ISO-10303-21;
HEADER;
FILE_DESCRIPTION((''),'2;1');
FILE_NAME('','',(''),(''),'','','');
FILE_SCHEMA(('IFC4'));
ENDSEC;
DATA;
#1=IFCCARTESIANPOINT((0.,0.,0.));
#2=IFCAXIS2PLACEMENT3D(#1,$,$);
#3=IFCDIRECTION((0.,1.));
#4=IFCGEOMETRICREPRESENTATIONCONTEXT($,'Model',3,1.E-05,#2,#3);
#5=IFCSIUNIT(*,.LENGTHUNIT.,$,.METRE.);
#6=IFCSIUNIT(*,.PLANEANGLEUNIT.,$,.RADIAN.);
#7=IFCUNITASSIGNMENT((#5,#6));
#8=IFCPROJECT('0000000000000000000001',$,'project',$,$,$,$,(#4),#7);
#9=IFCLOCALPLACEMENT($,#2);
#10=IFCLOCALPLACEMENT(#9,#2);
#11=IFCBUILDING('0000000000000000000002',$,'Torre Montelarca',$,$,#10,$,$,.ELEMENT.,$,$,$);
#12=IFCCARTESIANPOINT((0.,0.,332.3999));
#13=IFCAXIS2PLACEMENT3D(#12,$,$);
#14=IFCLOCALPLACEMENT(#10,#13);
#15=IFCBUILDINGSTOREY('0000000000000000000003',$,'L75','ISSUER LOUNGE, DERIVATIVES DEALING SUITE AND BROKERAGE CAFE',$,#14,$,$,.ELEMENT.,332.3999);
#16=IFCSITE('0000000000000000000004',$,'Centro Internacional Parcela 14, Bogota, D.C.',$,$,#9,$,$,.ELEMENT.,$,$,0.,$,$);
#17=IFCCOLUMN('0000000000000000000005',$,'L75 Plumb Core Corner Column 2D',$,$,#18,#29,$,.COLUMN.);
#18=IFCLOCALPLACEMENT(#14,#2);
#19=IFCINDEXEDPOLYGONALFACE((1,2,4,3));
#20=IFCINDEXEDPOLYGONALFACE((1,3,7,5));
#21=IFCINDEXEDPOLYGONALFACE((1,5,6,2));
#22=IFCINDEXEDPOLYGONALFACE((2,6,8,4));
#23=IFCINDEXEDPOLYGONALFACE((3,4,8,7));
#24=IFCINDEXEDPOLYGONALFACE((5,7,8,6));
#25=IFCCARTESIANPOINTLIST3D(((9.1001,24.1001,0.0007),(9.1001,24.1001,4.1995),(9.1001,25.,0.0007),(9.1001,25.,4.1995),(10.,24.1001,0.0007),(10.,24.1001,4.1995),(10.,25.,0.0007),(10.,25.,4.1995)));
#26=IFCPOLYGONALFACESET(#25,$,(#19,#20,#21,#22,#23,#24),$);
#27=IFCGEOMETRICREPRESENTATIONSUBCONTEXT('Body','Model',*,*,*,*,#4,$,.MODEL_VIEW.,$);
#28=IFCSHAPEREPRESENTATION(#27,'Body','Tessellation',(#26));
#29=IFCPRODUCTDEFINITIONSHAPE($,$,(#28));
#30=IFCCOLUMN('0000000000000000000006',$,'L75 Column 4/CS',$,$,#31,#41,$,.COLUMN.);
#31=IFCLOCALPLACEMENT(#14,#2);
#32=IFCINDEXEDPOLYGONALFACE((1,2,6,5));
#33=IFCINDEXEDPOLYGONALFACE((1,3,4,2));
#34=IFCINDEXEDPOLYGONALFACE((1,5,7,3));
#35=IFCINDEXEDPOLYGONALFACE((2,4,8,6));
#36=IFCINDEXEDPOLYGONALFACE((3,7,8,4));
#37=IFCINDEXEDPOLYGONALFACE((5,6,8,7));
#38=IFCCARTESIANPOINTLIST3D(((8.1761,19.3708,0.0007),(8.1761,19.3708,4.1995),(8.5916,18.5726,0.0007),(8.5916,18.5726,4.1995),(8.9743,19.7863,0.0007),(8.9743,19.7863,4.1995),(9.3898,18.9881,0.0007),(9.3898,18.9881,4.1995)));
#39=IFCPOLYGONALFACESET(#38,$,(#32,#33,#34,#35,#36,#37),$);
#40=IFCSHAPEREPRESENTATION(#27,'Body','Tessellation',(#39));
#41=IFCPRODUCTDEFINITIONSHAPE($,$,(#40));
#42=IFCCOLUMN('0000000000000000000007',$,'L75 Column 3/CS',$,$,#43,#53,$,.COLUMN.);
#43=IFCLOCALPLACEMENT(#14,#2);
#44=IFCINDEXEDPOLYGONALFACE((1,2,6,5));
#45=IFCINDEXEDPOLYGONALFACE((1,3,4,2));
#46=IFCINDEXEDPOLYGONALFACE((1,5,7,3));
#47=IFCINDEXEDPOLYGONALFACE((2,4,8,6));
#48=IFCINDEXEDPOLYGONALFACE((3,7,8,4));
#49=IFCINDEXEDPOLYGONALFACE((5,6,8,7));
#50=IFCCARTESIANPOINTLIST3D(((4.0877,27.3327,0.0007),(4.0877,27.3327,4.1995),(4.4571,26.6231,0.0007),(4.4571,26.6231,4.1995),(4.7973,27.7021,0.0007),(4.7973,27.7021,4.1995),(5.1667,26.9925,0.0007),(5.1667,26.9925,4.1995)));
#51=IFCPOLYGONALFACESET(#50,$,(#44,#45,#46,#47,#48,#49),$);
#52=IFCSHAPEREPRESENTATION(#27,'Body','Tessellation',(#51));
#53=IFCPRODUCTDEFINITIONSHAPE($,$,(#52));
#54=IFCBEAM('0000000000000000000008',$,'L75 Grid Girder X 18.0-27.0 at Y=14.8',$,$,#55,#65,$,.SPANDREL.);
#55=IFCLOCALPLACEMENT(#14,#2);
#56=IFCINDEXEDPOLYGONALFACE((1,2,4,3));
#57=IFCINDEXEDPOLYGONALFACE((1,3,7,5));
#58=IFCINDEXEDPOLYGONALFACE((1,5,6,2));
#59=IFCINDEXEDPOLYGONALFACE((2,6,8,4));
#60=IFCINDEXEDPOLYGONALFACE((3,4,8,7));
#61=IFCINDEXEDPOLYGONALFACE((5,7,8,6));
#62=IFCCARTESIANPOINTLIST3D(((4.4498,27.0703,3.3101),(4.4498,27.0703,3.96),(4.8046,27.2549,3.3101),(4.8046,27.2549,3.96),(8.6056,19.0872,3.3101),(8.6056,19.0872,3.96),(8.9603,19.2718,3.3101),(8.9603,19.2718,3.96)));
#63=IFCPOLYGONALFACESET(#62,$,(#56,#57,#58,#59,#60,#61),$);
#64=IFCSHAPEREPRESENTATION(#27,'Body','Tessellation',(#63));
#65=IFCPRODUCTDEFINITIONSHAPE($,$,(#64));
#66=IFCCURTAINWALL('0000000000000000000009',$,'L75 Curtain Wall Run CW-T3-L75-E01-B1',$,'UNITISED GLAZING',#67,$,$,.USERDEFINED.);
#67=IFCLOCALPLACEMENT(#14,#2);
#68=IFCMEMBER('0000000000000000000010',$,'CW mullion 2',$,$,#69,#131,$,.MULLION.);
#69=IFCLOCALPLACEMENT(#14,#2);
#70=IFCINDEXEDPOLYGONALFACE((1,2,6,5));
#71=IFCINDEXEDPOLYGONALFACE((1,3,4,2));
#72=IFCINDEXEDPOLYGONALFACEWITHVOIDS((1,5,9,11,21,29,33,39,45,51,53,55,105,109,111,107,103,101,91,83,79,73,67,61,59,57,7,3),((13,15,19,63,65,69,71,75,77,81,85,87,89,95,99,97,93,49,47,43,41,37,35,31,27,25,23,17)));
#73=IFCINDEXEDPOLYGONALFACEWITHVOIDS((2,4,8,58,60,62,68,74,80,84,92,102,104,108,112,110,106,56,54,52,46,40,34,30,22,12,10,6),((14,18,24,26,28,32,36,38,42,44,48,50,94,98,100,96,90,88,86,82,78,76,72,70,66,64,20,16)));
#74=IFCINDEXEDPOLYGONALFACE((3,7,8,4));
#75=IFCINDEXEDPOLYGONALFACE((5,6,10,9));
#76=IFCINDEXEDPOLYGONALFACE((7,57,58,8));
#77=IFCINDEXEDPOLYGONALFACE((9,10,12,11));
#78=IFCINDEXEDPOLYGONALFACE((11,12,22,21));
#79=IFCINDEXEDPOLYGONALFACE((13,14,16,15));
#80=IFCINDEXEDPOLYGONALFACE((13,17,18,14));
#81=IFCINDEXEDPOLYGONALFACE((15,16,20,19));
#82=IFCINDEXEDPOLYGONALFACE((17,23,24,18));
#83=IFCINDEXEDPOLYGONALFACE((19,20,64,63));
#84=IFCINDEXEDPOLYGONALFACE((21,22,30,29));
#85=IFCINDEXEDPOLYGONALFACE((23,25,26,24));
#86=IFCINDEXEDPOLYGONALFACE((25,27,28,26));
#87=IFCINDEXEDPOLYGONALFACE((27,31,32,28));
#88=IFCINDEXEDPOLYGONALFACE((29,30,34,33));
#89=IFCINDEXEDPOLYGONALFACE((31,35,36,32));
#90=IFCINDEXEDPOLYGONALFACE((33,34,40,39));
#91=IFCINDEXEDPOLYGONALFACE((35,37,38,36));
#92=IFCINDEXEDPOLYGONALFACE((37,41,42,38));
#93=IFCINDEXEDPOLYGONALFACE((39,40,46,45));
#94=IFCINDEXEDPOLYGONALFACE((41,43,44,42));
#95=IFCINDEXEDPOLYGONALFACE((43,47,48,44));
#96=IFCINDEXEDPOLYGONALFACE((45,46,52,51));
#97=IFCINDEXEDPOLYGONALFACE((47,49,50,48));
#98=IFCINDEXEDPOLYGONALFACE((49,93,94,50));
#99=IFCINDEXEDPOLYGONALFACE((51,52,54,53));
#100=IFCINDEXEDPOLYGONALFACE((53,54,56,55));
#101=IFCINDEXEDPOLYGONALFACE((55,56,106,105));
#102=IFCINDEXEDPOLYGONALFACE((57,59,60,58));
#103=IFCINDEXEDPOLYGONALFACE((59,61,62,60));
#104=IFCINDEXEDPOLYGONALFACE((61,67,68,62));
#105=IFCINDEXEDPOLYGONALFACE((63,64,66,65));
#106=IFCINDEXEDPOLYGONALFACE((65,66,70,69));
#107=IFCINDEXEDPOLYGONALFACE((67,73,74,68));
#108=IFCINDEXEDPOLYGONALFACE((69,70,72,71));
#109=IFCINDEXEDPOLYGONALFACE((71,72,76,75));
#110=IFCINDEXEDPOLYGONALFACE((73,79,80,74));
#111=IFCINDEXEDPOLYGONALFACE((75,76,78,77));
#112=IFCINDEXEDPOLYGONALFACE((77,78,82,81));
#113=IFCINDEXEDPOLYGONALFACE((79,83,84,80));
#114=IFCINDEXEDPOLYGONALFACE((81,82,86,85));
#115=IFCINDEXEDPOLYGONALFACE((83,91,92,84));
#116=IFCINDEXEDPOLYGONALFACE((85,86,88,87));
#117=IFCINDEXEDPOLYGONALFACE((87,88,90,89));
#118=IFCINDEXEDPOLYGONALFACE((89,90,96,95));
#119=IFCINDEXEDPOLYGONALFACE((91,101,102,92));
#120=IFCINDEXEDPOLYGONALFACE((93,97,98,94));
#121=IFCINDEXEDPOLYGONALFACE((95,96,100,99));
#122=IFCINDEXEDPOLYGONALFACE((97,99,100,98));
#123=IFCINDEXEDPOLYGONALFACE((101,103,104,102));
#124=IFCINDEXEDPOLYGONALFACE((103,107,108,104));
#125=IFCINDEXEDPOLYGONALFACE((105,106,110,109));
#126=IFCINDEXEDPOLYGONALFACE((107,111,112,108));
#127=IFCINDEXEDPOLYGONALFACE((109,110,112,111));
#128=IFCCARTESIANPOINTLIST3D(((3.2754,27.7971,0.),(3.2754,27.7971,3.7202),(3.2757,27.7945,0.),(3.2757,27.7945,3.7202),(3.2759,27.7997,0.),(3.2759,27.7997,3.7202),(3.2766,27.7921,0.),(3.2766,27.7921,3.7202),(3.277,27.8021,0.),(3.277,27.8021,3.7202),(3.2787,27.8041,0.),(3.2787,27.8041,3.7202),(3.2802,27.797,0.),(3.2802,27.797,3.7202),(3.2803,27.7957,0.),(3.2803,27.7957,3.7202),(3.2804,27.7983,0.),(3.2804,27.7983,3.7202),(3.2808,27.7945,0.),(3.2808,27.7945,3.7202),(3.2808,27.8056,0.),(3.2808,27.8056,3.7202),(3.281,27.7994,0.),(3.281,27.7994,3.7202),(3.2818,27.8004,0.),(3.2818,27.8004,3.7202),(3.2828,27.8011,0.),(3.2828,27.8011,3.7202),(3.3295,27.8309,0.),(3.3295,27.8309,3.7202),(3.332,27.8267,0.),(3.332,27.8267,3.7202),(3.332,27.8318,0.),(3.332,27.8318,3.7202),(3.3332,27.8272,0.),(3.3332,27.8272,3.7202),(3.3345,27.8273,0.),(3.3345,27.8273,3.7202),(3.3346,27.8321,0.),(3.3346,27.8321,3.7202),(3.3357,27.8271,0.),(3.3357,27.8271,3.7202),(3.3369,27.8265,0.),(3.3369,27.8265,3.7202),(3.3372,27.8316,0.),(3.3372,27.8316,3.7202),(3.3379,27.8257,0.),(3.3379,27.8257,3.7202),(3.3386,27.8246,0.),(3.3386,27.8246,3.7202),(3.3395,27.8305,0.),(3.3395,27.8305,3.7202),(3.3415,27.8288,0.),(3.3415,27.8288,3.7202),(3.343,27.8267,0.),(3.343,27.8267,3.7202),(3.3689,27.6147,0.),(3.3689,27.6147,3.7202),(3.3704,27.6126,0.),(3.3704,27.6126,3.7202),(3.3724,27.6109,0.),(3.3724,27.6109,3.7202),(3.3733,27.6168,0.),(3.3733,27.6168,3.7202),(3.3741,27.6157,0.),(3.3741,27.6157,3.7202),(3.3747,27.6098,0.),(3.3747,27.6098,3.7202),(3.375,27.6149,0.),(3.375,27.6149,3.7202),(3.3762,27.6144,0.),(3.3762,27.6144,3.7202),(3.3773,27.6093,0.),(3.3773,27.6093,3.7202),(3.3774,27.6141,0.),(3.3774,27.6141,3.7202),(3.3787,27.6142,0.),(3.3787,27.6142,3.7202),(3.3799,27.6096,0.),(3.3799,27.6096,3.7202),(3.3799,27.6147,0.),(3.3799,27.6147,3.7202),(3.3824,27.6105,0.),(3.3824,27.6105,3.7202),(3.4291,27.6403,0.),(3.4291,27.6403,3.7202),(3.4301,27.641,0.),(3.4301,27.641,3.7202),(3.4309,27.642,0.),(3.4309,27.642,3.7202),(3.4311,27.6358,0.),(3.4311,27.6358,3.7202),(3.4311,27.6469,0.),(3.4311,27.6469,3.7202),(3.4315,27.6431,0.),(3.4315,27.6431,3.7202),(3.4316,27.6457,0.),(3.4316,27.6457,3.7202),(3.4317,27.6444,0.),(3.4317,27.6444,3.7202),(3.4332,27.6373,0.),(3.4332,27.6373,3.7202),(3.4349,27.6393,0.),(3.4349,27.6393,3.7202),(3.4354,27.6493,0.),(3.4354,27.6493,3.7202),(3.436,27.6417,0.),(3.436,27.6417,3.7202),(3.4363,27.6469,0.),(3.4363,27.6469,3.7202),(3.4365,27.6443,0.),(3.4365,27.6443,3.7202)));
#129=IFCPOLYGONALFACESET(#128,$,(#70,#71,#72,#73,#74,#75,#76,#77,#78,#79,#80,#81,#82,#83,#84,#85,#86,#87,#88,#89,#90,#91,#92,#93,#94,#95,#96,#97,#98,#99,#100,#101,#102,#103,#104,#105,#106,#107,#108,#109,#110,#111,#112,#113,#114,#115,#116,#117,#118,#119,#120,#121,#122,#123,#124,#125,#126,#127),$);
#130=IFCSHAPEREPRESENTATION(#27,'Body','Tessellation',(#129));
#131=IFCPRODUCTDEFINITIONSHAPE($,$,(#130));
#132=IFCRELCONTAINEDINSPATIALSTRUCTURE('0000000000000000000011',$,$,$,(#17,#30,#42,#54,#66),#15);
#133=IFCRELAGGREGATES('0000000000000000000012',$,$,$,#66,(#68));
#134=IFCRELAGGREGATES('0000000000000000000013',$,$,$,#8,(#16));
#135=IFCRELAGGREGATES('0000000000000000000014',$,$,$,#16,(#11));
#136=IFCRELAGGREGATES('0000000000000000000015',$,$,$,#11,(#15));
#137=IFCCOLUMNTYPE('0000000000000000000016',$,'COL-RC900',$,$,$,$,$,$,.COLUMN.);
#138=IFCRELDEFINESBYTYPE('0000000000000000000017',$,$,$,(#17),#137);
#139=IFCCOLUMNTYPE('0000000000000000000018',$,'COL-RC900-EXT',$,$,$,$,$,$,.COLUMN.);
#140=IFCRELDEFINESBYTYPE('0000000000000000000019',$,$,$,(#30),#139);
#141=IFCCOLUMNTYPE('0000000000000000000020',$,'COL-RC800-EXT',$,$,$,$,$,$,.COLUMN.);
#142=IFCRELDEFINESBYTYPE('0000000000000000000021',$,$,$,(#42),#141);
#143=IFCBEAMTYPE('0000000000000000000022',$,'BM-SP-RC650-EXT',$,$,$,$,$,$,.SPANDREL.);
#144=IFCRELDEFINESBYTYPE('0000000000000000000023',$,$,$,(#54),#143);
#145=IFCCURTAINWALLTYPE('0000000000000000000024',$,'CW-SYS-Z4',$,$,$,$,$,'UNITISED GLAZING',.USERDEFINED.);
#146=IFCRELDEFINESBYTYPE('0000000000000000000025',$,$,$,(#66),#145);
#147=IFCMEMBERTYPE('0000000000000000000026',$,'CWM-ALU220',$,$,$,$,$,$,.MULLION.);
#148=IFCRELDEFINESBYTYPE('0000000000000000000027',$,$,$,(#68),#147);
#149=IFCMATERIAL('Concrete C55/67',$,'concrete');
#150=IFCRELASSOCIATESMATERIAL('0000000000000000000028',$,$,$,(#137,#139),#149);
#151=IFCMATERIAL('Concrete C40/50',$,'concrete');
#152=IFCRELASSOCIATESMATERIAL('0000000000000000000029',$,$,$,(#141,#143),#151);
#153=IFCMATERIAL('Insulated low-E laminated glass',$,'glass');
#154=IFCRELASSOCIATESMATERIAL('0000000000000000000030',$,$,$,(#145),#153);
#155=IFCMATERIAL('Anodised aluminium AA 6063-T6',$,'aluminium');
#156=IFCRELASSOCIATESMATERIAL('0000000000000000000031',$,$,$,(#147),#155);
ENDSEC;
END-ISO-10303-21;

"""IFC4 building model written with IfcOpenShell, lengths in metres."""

from ifc_helpers import new_model, si_unit, direction, frame, origin, origin_2d, place, context, subcontext, project, spatial, rectangle, hollow_rectangle, extrude, source, transform, mapped, material, material_profile, profile_set, type_object, element, aggregate, save


model = new_model("IFC4")

# Units and contexts
model_context = context("Model", 3, precision=1e-05, world=origin(), true_north=direction((0.0, 1.0)))
body_context = subcontext(model_context, "Body", "Model", "MODEL_VIEW")
ifc_project = project(units=[si_unit("LENGTHUNIT", "METRE"), si_unit("PLANEANGLEUNIT", "RADIAN")], contexts=[model_context])

# Site, building, storey
site_placement = place(None, origin())
site = spatial("IfcSite", under=ifc_project, at=site_placement, Name="Centro Internacional Parcela 14, Bogota, D.C.", CompositionType="ELEMENT", RefElevation=0.0)
building_placement = place(site_placement, origin())
building = spatial("IfcBuilding", under=site, at=building_placement, Name="Torre Montelarca", CompositionType="ELEMENT")
storey_placement = place(building_placement, frame((0.0, 0.0, 332.3999)))
storey = spatial("IfcBuildingStorey", under=building, at=storey_placement, Name="L75", Description="ISSUER LOUNGE, DERIVATIVES DEALING SUITE AND BROKERAGE CAFE", CompositionType="ELEMENT", Elevation=332.3999)

# Columns
ifc_material_1 = material(Name="Concrete C55/67", Category="concrete")
ifc_material_profile_1 = material_profile(ifc_material_1, rectangle(XDim=0.8999, YDim=0.8999, at=origin_2d()), Name="RC900X900", Category="concrete")
ifc_profile_set_1 = profile_set([ifc_material_profile_1], Name="Concrete C55/67")
column_type_1 = type_object("IfcColumnType", Name="COL-RC900", PredefinedType="COLUMN", material=ifc_profile_set_1)
shared_shape_1 = source(origin(), body_context, "Body", "SweptSolid", [
    extrude(rectangle(XDim=0.8999, YDim=0.8999, at=origin_2d()), origin(), (0.0, 0.0, 1.0), 4.1987),
])
column_1_placement = place(storey_placement, frame((9.55, 24.55, 0.0007), z_axis=(0.0, 0.0, 1.0), x_axis=(1.0, 0.0, 0.0)))
element("IfcColumn", 1, at=column_1_placement, inside=storey, type_object=column_type_1, Name="L75 Plumb Core Corner Column 2D", PredefinedType="COLUMN", context=body_context, shape_type="MappedRepresentation", body=[
    mapped(shared_shape_1, transform((0.0, 0.0, 0.0), scale=1.0)),
])
ifc_material_profile_2 = material_profile(ifc_material_1, rectangle(XDim=0.8999, YDim=0.8999, at=origin_2d()), Name="RC900X900", Category="concrete")
ifc_profile_set_2 = profile_set([ifc_material_profile_2], Name="Concrete C55/67")
column_type_2 = type_object("IfcColumnType", Name="COL-RC900-EXT", PredefinedType="COLUMN", material=ifc_profile_set_2)
shared_shape_2 = source(origin(), body_context, "Body", "SweptSolid", [
    extrude(rectangle(XDim=0.8999, YDim=0.8999, at=origin_2d()), origin(), (0.0, 0.0, 1.0), 4.1987),
])
column_2_placement = place(storey_placement, frame((8.783, 19.1794, 0.0007), z_axis=(0.0, 0.0, 1.0), x_axis=(-0.461749, 0.887011, 0.0)))
element("IfcColumn", 2, at=column_2_placement, inside=storey, type_object=column_type_2, Name="L75 Column 4/CS", PredefinedType="COLUMN", context=body_context, shape_type="MappedRepresentation", body=[
    mapped(shared_shape_2, transform((0.0, 0.0, 0.0), scale=1.0)),
])
ifc_material_2 = material(Name="Concrete C40/50", Category="concrete")
ifc_material_profile_3 = material_profile(ifc_material_2, rectangle(XDim=0.8, YDim=0.8, at=origin_2d()), Name="RC800X800", Category="concrete")
ifc_profile_set_3 = profile_set([ifc_material_profile_3], Name="Concrete C40/50")
column_type_3 = type_object("IfcColumnType", Name="COL-RC800-EXT", PredefinedType="COLUMN", material=ifc_profile_set_3)
shared_shape_3 = source(origin(), body_context, "Body", "SweptSolid", [
    extrude(rectangle(XDim=0.8, YDim=0.8, at=origin_2d()), origin(), (0.0, 0.0, 1.0), 4.1987),
])
column_3_placement = place(storey_placement, frame((4.6272, 27.1626, 0.0007), z_axis=(0.0, 0.0, 1.0), x_axis=(-0.461749, 0.887011, 0.0)))
element("IfcColumn", 3, at=column_3_placement, inside=storey, type_object=column_type_3, Name="L75 Column 3/CS", PredefinedType="COLUMN", context=body_context, shape_type="MappedRepresentation", body=[
    mapped(shared_shape_3, transform((0.0, 0.0, 0.0), scale=1.0)),
])

# Beam
ifc_material_profile_4 = material_profile(ifc_material_2, rectangle(XDim=0.3999, YDim=0.6499, at=origin_2d()), Name="RCB400X650", Category="concrete")
ifc_profile_set_4 = profile_set([ifc_material_profile_4], Name="Concrete C40/50")
beam_type = type_object("IfcBeamType", Name="BM-SP-RC650-EXT", PredefinedType="SPANDREL", material=ifc_profile_set_4)
shared_shape_4 = source(origin(), body_context, "Body", "SweptSolid", [
    extrude(rectangle(XDim=0.3999, YDim=0.6499, at=origin_2d()), origin(), (0.0, 0.0, 1.0), 9.0),
])
beam_placement = place(storey_placement, frame((4.6272, 27.1626, 3.635), z_axis=(0.461748, -0.887011, 0.0), x_axis=(0.887011, 0.461748, 0.0)))
element("IfcBeam", 4, at=beam_placement, inside=storey, type_object=beam_type, Name="L75 Grid Girder X 18.0-27.0 at Y=14.8", PredefinedType="SPANDREL", context=body_context, shape_type="MappedRepresentation", body=[
    mapped(shared_shape_4, transform((0.0, 0.0, 0.0), scale=1.0)),
])

# Curtain wall, member
ifc_material_3 = material(Name="Insulated low-E laminated glass", Category="glass")
curtain_wall_type = type_object("IfcCurtainWallType", Name="CW-SYS-Z4", ElementType="UNITISED GLAZING", PredefinedType="USERDEFINED", material=ifc_material_3)
curtain_wall_1_placement = place(storey_placement, origin())
curtain_wall_1 = element("IfcCurtainWall", 5, at=curtain_wall_1_placement, inside=storey, type_object=curtain_wall_type, Name="L75 Curtain Wall Run CW-T3-L75-E01-B1", ObjectType="UNITISED GLAZING", PredefinedType="USERDEFINED")
ifc_material_4 = material(Name="Anodised aluminium AA 6063-T6", Category="aluminium")
ifc_material_profile_5 = material_profile(ifc_material_4, hollow_rectangle(XDim=0.075, YDim=0.22, WallThickness=0.0049, InnerFilletRadius=0.0049, OuterFilletRadius=0.01, at=origin_2d()), Name="ALU75X220X5", Category="aluminium")
ifc_profile_set_5 = profile_set([ifc_material_profile_5], Name="Anodised aluminium AA 6063-T6")
member_type_1 = type_object("IfcMemberType", Name="CWM-ALU220", PredefinedType="MULLION", material=ifc_profile_set_5)
shared_shape_5 = source(origin(), body_context, "Body", "SweptSolid", [
    extrude(hollow_rectangle(XDim=0.075, YDim=0.22, WallThickness=0.0049, InnerFilletRadius=0.0049, OuterFilletRadius=0.01, at=origin_2d()), origin(), (0.0, 0.0, 1.0), 3.7202),
])
member_1_placement = place(storey_placement, frame((3.356, 27.7207, 0.0), z_axis=(0.0, 0.0, 1.0), x_axis=(0.887011, 0.461747, 0.0)))
member_1 = element("IfcMember", 6, at=member_1_placement, type_object=member_type_1, Name="CW mullion 2", PredefinedType="MULLION", context=body_context, shape_type="MappedRepresentation", body=[
    mapped(shared_shape_5, transform((0.0, 0.0, 0.0), scale=1.0)),
])

aggregate(curtain_wall_1, [member_1])

save(model, "model.ifc")
